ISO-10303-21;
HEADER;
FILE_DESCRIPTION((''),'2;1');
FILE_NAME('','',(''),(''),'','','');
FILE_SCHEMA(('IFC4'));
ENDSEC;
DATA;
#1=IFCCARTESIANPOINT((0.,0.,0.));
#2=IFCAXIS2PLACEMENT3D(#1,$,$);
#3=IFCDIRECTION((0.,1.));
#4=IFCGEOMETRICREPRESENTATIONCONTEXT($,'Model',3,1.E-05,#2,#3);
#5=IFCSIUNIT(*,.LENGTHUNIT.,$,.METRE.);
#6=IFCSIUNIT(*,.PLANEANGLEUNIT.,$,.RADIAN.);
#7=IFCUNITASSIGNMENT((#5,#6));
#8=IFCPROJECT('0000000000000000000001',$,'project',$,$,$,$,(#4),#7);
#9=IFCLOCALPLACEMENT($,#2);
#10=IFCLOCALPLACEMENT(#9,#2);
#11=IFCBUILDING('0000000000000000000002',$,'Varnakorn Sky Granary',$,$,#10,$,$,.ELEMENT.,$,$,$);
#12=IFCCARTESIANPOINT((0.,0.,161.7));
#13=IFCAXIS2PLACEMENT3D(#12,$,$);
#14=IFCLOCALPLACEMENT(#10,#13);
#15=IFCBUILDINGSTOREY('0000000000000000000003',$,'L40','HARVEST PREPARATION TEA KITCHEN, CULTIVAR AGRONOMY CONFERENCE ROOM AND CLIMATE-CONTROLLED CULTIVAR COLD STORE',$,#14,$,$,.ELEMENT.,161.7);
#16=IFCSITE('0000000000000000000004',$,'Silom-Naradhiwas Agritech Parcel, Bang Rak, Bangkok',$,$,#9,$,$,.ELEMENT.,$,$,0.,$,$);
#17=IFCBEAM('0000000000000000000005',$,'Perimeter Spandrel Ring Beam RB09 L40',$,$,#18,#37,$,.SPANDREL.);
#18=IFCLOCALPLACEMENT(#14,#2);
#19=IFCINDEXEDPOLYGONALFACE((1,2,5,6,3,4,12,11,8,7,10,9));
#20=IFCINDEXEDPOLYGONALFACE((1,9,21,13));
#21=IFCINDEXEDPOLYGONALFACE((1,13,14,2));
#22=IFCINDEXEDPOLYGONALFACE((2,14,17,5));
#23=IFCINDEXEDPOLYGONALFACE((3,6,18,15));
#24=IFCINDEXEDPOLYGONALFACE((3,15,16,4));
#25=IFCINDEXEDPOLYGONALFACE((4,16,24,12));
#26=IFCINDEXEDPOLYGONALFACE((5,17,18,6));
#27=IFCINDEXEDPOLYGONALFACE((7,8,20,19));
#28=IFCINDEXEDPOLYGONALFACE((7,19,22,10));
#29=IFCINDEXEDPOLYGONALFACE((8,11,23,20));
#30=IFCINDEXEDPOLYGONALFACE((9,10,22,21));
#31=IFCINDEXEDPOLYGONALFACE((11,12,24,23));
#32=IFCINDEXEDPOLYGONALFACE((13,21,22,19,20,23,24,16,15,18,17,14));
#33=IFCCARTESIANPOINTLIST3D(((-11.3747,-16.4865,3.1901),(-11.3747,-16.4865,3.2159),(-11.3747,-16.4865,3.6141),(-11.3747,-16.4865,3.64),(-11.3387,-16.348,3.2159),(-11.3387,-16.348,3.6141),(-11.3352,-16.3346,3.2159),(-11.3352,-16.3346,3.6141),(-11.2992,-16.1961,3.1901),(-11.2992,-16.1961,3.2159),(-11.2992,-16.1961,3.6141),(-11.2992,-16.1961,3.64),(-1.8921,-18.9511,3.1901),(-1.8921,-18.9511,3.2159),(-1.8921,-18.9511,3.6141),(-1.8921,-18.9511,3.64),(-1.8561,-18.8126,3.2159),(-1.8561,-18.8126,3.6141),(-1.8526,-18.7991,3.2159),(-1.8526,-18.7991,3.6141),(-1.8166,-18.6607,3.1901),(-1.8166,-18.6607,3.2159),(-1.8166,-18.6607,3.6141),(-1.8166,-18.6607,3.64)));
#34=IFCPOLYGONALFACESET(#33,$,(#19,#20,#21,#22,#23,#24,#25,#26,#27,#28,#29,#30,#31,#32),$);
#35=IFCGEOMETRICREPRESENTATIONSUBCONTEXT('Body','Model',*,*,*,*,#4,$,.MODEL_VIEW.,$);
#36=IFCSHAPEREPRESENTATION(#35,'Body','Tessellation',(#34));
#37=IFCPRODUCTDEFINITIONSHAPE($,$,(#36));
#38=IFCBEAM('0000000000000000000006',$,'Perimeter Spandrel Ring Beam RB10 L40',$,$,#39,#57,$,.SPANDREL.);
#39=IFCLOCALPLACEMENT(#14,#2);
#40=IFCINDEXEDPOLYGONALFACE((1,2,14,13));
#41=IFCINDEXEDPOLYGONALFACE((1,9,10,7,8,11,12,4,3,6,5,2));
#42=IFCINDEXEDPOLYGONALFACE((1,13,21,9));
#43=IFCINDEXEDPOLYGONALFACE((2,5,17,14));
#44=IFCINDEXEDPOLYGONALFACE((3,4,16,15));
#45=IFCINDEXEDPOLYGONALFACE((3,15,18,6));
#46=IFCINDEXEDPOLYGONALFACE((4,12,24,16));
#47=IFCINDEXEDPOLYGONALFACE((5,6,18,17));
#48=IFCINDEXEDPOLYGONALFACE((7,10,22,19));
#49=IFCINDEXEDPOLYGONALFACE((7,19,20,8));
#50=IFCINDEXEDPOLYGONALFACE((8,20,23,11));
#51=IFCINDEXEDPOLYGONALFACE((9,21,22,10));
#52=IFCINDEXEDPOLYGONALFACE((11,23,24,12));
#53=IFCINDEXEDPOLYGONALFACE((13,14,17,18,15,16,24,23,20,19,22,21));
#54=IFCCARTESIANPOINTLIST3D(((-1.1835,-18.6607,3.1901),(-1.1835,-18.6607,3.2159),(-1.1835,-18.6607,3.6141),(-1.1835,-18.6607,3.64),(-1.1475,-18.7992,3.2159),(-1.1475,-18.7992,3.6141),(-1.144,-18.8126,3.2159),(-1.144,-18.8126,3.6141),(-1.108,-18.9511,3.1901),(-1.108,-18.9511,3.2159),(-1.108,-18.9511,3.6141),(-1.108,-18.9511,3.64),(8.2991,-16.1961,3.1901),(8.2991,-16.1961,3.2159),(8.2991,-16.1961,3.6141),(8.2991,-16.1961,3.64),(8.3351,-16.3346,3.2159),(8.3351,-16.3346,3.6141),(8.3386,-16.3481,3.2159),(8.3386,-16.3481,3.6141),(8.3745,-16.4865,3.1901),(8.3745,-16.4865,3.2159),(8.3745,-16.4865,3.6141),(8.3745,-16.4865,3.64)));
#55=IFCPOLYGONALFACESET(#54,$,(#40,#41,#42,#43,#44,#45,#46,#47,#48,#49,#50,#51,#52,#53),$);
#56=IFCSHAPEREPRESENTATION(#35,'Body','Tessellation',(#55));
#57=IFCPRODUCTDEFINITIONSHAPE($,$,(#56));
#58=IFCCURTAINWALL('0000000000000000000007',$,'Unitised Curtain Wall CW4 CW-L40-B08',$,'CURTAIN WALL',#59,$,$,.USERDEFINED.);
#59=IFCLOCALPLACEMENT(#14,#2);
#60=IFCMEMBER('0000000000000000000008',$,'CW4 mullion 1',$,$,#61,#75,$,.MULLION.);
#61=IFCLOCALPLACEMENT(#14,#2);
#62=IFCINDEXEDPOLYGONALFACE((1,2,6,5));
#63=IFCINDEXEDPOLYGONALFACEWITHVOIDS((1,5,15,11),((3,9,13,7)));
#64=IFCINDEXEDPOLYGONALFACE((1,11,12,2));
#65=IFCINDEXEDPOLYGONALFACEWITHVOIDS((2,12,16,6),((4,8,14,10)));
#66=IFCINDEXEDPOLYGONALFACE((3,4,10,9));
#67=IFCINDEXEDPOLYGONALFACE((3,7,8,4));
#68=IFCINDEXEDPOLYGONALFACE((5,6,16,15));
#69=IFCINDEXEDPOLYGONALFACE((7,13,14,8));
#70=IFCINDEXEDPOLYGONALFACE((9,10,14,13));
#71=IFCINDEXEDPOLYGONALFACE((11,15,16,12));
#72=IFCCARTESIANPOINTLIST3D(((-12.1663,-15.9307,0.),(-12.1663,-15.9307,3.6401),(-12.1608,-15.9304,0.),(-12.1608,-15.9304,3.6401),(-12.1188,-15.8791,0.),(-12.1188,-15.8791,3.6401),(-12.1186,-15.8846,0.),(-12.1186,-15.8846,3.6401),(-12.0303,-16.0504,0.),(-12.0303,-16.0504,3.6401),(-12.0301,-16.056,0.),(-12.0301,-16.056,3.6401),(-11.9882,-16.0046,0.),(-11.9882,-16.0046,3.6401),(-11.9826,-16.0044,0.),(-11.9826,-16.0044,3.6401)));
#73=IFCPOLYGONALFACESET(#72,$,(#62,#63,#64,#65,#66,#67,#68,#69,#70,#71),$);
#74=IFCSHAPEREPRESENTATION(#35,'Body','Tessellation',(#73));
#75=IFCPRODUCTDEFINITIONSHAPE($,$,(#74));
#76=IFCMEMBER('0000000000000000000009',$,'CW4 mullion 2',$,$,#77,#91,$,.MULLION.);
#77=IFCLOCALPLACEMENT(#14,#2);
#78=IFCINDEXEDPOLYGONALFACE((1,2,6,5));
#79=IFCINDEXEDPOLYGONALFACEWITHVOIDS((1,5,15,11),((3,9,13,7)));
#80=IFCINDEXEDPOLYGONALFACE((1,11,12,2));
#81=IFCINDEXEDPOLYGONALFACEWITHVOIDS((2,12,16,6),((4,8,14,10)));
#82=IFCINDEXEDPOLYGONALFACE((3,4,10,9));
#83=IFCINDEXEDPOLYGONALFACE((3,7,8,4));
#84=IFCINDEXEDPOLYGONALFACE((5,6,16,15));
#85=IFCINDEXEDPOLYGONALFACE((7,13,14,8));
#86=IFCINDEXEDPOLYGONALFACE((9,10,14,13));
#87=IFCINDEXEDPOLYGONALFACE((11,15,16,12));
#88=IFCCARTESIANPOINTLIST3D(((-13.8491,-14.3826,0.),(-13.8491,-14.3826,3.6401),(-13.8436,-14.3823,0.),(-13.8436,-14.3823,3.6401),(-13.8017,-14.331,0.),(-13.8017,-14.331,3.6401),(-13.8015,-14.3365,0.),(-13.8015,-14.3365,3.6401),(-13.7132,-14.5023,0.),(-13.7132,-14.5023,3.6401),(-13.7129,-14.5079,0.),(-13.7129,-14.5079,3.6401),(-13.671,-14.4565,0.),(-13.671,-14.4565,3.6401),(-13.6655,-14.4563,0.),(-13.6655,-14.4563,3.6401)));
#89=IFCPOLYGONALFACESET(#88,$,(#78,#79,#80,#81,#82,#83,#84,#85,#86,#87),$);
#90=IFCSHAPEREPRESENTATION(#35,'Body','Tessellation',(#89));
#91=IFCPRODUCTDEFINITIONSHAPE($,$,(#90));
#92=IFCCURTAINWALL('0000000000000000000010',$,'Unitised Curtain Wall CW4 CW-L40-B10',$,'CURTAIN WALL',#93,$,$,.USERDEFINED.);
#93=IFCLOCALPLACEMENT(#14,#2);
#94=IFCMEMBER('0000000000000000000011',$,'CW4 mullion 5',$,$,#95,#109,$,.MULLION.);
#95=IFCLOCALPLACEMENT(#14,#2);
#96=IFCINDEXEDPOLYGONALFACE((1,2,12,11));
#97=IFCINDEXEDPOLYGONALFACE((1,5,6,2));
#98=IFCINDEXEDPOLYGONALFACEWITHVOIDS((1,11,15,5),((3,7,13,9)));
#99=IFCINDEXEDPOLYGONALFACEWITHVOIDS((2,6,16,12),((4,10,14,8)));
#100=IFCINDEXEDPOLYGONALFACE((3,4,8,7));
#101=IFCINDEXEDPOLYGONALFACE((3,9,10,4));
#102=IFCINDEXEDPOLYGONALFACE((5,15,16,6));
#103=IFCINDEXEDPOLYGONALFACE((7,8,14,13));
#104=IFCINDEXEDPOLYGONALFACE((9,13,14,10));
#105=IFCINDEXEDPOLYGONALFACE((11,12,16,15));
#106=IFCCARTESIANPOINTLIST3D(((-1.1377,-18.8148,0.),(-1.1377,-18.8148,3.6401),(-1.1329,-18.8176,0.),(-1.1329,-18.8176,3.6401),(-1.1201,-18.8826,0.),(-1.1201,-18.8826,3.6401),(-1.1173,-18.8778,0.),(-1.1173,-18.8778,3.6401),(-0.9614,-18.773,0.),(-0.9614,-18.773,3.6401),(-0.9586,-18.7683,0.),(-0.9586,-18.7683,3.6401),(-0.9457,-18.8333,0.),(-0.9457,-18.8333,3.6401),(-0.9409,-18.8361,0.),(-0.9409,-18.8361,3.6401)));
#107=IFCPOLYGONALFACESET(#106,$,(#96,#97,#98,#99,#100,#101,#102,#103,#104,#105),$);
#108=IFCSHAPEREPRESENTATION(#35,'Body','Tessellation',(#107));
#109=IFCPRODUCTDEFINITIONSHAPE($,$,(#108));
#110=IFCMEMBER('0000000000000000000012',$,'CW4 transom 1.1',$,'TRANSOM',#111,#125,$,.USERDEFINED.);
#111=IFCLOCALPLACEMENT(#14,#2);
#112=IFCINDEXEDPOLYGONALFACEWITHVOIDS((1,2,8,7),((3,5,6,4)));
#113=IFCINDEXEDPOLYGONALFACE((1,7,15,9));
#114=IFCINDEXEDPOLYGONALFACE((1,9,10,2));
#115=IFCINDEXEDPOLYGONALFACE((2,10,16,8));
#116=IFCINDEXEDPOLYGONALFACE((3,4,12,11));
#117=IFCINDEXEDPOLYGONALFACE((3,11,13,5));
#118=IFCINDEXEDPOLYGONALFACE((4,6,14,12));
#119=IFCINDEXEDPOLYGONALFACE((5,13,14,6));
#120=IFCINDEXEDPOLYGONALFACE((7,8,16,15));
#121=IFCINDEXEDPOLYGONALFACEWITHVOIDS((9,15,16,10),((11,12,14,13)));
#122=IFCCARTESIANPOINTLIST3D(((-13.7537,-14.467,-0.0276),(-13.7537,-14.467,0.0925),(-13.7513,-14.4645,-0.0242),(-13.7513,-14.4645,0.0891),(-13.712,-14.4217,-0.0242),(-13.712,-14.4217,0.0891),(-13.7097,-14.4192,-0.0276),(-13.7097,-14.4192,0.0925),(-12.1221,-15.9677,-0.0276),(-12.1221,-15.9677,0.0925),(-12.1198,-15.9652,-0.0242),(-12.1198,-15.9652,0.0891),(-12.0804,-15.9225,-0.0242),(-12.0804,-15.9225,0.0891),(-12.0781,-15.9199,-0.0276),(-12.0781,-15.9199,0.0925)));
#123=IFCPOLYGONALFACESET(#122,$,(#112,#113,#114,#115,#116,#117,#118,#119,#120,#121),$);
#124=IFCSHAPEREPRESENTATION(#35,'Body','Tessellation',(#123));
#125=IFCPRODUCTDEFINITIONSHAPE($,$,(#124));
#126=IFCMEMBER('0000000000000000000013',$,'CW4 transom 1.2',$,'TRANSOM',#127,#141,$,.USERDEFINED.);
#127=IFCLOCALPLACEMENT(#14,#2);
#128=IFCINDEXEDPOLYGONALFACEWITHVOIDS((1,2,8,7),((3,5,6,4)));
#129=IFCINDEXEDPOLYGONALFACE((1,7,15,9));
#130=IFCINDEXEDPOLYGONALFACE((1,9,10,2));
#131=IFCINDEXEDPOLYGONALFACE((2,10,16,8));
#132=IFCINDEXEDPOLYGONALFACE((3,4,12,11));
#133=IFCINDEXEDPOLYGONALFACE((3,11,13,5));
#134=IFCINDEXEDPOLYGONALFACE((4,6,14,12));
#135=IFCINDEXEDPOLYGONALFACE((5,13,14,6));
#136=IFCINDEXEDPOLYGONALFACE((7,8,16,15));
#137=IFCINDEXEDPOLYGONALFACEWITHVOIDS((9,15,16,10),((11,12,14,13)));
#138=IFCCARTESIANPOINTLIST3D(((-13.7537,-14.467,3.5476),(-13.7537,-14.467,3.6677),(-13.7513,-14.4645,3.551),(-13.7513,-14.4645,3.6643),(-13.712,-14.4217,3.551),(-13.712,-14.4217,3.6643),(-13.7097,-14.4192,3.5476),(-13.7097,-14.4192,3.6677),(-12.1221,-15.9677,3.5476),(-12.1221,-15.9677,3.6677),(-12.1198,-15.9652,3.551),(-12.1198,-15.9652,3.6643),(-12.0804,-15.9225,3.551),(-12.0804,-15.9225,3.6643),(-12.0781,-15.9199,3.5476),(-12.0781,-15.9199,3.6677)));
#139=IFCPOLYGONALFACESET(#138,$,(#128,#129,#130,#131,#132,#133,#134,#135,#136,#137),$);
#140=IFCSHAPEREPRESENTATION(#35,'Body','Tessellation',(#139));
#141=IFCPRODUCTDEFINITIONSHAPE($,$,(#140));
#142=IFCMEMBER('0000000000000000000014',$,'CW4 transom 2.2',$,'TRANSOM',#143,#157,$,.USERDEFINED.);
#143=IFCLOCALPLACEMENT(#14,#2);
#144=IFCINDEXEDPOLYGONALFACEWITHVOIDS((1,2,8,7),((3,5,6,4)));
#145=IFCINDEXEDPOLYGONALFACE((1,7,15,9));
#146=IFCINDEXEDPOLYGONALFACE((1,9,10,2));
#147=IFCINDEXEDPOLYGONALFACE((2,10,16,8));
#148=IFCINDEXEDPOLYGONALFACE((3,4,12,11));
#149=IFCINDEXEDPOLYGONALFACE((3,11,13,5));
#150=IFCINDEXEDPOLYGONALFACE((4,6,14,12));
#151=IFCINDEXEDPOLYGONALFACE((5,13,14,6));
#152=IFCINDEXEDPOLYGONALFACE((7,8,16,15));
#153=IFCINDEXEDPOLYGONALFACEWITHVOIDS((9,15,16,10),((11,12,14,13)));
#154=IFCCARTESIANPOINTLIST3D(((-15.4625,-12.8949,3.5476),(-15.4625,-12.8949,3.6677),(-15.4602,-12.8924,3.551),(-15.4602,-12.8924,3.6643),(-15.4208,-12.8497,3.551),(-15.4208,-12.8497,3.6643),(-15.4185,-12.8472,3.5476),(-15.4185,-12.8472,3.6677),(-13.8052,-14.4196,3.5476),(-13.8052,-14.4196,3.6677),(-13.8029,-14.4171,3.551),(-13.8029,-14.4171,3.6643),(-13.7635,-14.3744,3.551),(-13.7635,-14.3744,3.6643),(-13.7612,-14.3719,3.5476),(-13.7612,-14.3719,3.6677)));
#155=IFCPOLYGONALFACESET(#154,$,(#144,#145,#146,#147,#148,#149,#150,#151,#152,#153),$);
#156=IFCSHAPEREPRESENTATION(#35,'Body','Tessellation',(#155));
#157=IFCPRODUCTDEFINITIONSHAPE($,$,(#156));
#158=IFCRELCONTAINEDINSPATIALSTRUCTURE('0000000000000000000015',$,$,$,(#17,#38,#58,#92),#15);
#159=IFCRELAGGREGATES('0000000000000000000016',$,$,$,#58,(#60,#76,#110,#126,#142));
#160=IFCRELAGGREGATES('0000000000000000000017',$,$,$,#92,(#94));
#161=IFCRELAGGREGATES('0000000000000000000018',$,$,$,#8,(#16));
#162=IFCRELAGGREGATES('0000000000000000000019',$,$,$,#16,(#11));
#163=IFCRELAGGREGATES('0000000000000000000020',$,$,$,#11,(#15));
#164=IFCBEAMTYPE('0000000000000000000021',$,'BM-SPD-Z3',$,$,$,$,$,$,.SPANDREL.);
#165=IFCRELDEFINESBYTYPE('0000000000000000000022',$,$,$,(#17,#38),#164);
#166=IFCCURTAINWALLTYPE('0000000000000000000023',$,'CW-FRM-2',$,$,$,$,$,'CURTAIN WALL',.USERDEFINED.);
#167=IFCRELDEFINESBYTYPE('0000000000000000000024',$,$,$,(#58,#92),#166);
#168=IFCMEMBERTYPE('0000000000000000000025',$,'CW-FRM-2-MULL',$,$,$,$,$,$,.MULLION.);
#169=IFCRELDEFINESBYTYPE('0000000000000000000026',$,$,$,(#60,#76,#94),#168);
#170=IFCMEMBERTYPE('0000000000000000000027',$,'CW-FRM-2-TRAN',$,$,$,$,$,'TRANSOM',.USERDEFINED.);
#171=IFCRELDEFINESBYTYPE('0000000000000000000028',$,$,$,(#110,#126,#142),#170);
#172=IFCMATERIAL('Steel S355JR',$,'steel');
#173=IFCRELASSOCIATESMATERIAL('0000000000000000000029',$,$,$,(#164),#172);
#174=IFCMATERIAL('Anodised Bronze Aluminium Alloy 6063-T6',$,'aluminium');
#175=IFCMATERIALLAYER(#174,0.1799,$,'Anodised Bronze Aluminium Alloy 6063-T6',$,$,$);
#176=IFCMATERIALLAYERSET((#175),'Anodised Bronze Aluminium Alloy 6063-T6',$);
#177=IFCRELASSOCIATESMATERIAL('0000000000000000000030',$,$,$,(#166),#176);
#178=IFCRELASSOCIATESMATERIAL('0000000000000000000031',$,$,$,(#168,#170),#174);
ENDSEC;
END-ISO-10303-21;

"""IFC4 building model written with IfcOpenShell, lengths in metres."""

from ifc_helpers import new_model, si_unit, direction, frame, origin, origin_2d, place, context, subcontext, project, spatial, hollow_rectangle, i_section, extrude, material, layer, layer_set, material_profile, profile_set, type_object, element, aggregate, save


model = new_model("IFC4")

# Units and contexts
model_context = context("Model", 3, precision=1e-05, world=origin(), true_north=direction((0.0, 1.0)))
body_context = subcontext(model_context, "Body", "Model", "MODEL_VIEW")
ifc_project = project(units=[si_unit("LENGTHUNIT", "METRE"), si_unit("PLANEANGLEUNIT", "RADIAN")], contexts=[model_context])

# Site, building, storey
site_placement = place(None, origin())
site = spatial("IfcSite", under=ifc_project, at=site_placement, Name="Silom-Naradhiwas Agritech Parcel, Bang Rak, Bangkok", CompositionType="ELEMENT", RefElevation=0.0)
building_placement = place(site_placement, origin())
building = spatial("IfcBuilding", under=site, at=building_placement, Name="Varnakorn Sky Granary", CompositionType="ELEMENT")
storey_placement = place(building_placement, frame((0.0, 0.0, 161.7)))
storey = spatial("IfcBuildingStorey", under=building, at=storey_placement, Name="L40", Description="HARVEST PREPARATION TEA KITCHEN, CULTIVAR AGRONOMY CONFERENCE ROOM AND CLIMATE-CONTROLLED CULTIVAR COLD STORE", CompositionType="ELEMENT", Elevation=161.7)

# Beams
ifc_material_1 = material(Name="Steel S355JR", Category="steel")
ifc_material_profile_1 = material_profile(ifc_material_1, i_section(OverallWidth=0.3, OverallDepth=0.45, WebThickness=0.0139, FlangeThickness=0.0259, at=origin_2d()), Name="HE 450 B")
ifc_profile_set_1 = profile_set([ifc_material_profile_1], Name="Steel S355JR")
beam_type_1 = type_object("IfcBeamType", Name="BM-SPD-Z3", PredefinedType="SPANDREL", material=ifc_profile_set_1)
for number, where, z_axis, x_axis, name in (
    (1, (-11.3369, -16.3413, 3.415), (0.967845, -0.251548, 0.0), (0.251548, 0.967845, 0.0), "Perimeter Spandrel Ring Beam RB09 L40"),
    (2, (-1.1458, -18.8059, 3.415), (0.967845, 0.251548, 0.0), (-0.251548, 0.967845, 0.0), "Perimeter Spandrel Ring Beam RB10 L40"),
):
    element("IfcBeam", number, at=place(storey_placement, frame(where, z_axis=z_axis, x_axis=x_axis)), inside=storey, type_object=beam_type_1, Name=name, PredefinedType="SPANDREL", context=body_context, shape_type="SweptSolid", body=[
        extrude(i_section(OverallWidth=0.3, OverallDepth=0.45, WebThickness=0.0139, FlangeThickness=0.0259, at=origin_2d()), origin(), (0.0, 0.0, 1.0), 9.7976),
    ])

# Curtain wall, members
ifc_material_2 = material(Name="Anodised Bronze Aluminium Alloy 6063-T6", Category="aluminium")
ifc_layer_1 = layer(ifc_material_2, 0.1799, Name="Anodised Bronze Aluminium Alloy 6063-T6")
ifc_layer_set_1 = layer_set([ifc_layer_1], Name="Anodised Bronze Aluminium Alloy 6063-T6")
curtain_wall_type = type_object("IfcCurtainWallType", Name="CW-FRM-2", ElementType="CURTAIN WALL", PredefinedType="USERDEFINED", material=ifc_layer_set_1)
curtain_wall_1_placement = place(storey_placement, origin())
curtain_wall_1 = element("IfcCurtainWall", 3, at=curtain_wall_1_placement, inside=storey, type_object=curtain_wall_type, Name="Unitised Curtain Wall CW4 CW-L40-B08", ObjectType="CURTAIN WALL", PredefinedType="USERDEFINED")
ifc_material_profile_2 = material_profile(ifc_material_2, hollow_rectangle(XDim=0.0701, YDim=0.1851, WallThickness=0.0039, at=origin_2d()), Name="ALU MULL 70x185")
ifc_profile_set_2 = profile_set([ifc_material_profile_2], Name="Anodised Bronze Aluminium Alloy 6063-T6")
member_type_1 = type_object("IfcMemberType", Name="CW-FRM-2-MULL", PredefinedType="MULLION", material=ifc_profile_set_2)
member_1_placement = place(storey_placement, frame((-12.0745, -15.9675, 0.0), z_axis=(0.0, 0.0, 1.0), x_axis=(-0.677011, -0.735973, 0.0)))
member_1 = element("IfcMember", 4, at=member_1_placement, type_object=member_type_1, Name="CW4 mullion 1", PredefinedType="MULLION", context=body_context, shape_type="SweptSolid", body=[
    extrude(hollow_rectangle(XDim=0.0701, YDim=0.1851, WallThickness=0.0039, at=origin_2d()), origin(), (0.0, 0.0, 1.0), 3.6401),
])
member_2_placement = place(storey_placement, frame((-13.7573, -14.4194, 0.0), z_axis=(0.0, 0.0, 1.0), x_axis=(-0.677011, -0.735973, 0.0)))
member_2 = element("IfcMember", 5, at=member_2_placement, type_object=member_type_1, Name="CW4 mullion 2", PredefinedType="MULLION", context=body_context, shape_type="SweptSolid", body=[
    extrude(hollow_rectangle(XDim=0.0701, YDim=0.1851, WallThickness=0.0039, at=origin_2d()), origin(), (0.0, 0.0, 1.0), 3.6401),
])

# Curtain wall, member
curtain_wall_2_placement = place(storey_placement, origin())
curtain_wall_2 = element("IfcCurtainWall", 6, at=curtain_wall_2_placement, inside=storey, type_object=curtain_wall_type, Name="Unitised Curtain Wall CW4 CW-L40-B10", ObjectType="CURTAIN WALL", PredefinedType="USERDEFINED")
member_3_placement = place(storey_placement, frame((-1.0393, -18.8254, 0.0), z_axis=(0.0, 0.0, 1.0), x_axis=(0.251363, -0.967893, 0.0)))
member_3 = element("IfcMember", 7, at=member_3_placement, type_object=member_type_1, Name="CW4 mullion 5", PredefinedType="MULLION", context=body_context, shape_type="SweptSolid", body=[
    extrude(hollow_rectangle(XDim=0.0701, YDim=0.1851, WallThickness=0.0039, at=origin_2d()), origin(), (0.0, 0.0, 1.0), 3.6401),
])

# Members
ifc_material_profile_3 = material_profile(ifc_material_2, hollow_rectangle(XDim=0.0649, YDim=0.1201, WallThickness=0.0034, at=origin_2d()), Name="ALU TRAN 65x120")
ifc_profile_set_3 = profile_set([ifc_material_profile_3], Name="Anodised Bronze Aluminium Alloy 6063-T6")
member_type_2 = type_object("IfcMemberType", Name="CW-FRM-2-TRAN", ElementType="TRANSOM", PredefinedType="USERDEFINED", material=ifc_profile_set_3)
member_4_placement = place(storey_placement, frame((-12.1001, -15.9438, 0.0325), z_axis=(-0.736006, 0.676975, 0.0), x_axis=(-0.676975, -0.736006, 0.0)))
member_4 = element("IfcMember", 8, at=member_4_placement, type_object=member_type_2, Name="CW4 transom 1.1", ObjectType="TRANSOM", PredefinedType="USERDEFINED", context=body_context, shape_type="SweptSolid", body=[
    extrude(hollow_rectangle(XDim=0.0649, YDim=0.1201, WallThickness=0.0034, at=origin_2d()), origin(), (0.0, 0.0, 1.0), 2.2168),
])
member_5_placement = place(storey_placement, frame((-12.1001, -15.9438, 3.6077), z_axis=(-0.736006, 0.676975, 0.0), x_axis=(-0.676975, -0.736006, 0.0)))
member_5 = element("IfcMember", 9, at=member_5_placement, type_object=member_type_2, Name="CW4 transom 1.2", ObjectType="TRANSOM", PredefinedType="USERDEFINED", context=body_context, shape_type="SweptSolid", body=[
    extrude(hollow_rectangle(XDim=0.0649, YDim=0.1201, WallThickness=0.0034, at=origin_2d()), origin(), (0.0, 0.0, 1.0), 2.2168),
])
member_6_placement = place(storey_placement, frame((-13.7832, -14.3958, 3.6077), z_axis=(-0.735929, 0.677059, 0.0), x_axis=(-0.677059, -0.735929, 0.0)))
member_6 = element("IfcMember", 10, at=member_6_placement, type_object=member_type_2, Name="CW4 transom 2.2", ObjectType="TRANSOM", PredefinedType="USERDEFINED", context=body_context, shape_type="SweptSolid", body=[
    extrude(hollow_rectangle(XDim=0.0649, YDim=0.1201, WallThickness=0.0034, at=origin_2d()), origin(), (0.0, 0.0, 1.0), 2.252),
])

aggregate(curtain_wall_1, [member_1, member_2, member_4, member_5, member_6])
aggregate(curtain_wall_2, [member_3])

save(model, "model.ifc")
